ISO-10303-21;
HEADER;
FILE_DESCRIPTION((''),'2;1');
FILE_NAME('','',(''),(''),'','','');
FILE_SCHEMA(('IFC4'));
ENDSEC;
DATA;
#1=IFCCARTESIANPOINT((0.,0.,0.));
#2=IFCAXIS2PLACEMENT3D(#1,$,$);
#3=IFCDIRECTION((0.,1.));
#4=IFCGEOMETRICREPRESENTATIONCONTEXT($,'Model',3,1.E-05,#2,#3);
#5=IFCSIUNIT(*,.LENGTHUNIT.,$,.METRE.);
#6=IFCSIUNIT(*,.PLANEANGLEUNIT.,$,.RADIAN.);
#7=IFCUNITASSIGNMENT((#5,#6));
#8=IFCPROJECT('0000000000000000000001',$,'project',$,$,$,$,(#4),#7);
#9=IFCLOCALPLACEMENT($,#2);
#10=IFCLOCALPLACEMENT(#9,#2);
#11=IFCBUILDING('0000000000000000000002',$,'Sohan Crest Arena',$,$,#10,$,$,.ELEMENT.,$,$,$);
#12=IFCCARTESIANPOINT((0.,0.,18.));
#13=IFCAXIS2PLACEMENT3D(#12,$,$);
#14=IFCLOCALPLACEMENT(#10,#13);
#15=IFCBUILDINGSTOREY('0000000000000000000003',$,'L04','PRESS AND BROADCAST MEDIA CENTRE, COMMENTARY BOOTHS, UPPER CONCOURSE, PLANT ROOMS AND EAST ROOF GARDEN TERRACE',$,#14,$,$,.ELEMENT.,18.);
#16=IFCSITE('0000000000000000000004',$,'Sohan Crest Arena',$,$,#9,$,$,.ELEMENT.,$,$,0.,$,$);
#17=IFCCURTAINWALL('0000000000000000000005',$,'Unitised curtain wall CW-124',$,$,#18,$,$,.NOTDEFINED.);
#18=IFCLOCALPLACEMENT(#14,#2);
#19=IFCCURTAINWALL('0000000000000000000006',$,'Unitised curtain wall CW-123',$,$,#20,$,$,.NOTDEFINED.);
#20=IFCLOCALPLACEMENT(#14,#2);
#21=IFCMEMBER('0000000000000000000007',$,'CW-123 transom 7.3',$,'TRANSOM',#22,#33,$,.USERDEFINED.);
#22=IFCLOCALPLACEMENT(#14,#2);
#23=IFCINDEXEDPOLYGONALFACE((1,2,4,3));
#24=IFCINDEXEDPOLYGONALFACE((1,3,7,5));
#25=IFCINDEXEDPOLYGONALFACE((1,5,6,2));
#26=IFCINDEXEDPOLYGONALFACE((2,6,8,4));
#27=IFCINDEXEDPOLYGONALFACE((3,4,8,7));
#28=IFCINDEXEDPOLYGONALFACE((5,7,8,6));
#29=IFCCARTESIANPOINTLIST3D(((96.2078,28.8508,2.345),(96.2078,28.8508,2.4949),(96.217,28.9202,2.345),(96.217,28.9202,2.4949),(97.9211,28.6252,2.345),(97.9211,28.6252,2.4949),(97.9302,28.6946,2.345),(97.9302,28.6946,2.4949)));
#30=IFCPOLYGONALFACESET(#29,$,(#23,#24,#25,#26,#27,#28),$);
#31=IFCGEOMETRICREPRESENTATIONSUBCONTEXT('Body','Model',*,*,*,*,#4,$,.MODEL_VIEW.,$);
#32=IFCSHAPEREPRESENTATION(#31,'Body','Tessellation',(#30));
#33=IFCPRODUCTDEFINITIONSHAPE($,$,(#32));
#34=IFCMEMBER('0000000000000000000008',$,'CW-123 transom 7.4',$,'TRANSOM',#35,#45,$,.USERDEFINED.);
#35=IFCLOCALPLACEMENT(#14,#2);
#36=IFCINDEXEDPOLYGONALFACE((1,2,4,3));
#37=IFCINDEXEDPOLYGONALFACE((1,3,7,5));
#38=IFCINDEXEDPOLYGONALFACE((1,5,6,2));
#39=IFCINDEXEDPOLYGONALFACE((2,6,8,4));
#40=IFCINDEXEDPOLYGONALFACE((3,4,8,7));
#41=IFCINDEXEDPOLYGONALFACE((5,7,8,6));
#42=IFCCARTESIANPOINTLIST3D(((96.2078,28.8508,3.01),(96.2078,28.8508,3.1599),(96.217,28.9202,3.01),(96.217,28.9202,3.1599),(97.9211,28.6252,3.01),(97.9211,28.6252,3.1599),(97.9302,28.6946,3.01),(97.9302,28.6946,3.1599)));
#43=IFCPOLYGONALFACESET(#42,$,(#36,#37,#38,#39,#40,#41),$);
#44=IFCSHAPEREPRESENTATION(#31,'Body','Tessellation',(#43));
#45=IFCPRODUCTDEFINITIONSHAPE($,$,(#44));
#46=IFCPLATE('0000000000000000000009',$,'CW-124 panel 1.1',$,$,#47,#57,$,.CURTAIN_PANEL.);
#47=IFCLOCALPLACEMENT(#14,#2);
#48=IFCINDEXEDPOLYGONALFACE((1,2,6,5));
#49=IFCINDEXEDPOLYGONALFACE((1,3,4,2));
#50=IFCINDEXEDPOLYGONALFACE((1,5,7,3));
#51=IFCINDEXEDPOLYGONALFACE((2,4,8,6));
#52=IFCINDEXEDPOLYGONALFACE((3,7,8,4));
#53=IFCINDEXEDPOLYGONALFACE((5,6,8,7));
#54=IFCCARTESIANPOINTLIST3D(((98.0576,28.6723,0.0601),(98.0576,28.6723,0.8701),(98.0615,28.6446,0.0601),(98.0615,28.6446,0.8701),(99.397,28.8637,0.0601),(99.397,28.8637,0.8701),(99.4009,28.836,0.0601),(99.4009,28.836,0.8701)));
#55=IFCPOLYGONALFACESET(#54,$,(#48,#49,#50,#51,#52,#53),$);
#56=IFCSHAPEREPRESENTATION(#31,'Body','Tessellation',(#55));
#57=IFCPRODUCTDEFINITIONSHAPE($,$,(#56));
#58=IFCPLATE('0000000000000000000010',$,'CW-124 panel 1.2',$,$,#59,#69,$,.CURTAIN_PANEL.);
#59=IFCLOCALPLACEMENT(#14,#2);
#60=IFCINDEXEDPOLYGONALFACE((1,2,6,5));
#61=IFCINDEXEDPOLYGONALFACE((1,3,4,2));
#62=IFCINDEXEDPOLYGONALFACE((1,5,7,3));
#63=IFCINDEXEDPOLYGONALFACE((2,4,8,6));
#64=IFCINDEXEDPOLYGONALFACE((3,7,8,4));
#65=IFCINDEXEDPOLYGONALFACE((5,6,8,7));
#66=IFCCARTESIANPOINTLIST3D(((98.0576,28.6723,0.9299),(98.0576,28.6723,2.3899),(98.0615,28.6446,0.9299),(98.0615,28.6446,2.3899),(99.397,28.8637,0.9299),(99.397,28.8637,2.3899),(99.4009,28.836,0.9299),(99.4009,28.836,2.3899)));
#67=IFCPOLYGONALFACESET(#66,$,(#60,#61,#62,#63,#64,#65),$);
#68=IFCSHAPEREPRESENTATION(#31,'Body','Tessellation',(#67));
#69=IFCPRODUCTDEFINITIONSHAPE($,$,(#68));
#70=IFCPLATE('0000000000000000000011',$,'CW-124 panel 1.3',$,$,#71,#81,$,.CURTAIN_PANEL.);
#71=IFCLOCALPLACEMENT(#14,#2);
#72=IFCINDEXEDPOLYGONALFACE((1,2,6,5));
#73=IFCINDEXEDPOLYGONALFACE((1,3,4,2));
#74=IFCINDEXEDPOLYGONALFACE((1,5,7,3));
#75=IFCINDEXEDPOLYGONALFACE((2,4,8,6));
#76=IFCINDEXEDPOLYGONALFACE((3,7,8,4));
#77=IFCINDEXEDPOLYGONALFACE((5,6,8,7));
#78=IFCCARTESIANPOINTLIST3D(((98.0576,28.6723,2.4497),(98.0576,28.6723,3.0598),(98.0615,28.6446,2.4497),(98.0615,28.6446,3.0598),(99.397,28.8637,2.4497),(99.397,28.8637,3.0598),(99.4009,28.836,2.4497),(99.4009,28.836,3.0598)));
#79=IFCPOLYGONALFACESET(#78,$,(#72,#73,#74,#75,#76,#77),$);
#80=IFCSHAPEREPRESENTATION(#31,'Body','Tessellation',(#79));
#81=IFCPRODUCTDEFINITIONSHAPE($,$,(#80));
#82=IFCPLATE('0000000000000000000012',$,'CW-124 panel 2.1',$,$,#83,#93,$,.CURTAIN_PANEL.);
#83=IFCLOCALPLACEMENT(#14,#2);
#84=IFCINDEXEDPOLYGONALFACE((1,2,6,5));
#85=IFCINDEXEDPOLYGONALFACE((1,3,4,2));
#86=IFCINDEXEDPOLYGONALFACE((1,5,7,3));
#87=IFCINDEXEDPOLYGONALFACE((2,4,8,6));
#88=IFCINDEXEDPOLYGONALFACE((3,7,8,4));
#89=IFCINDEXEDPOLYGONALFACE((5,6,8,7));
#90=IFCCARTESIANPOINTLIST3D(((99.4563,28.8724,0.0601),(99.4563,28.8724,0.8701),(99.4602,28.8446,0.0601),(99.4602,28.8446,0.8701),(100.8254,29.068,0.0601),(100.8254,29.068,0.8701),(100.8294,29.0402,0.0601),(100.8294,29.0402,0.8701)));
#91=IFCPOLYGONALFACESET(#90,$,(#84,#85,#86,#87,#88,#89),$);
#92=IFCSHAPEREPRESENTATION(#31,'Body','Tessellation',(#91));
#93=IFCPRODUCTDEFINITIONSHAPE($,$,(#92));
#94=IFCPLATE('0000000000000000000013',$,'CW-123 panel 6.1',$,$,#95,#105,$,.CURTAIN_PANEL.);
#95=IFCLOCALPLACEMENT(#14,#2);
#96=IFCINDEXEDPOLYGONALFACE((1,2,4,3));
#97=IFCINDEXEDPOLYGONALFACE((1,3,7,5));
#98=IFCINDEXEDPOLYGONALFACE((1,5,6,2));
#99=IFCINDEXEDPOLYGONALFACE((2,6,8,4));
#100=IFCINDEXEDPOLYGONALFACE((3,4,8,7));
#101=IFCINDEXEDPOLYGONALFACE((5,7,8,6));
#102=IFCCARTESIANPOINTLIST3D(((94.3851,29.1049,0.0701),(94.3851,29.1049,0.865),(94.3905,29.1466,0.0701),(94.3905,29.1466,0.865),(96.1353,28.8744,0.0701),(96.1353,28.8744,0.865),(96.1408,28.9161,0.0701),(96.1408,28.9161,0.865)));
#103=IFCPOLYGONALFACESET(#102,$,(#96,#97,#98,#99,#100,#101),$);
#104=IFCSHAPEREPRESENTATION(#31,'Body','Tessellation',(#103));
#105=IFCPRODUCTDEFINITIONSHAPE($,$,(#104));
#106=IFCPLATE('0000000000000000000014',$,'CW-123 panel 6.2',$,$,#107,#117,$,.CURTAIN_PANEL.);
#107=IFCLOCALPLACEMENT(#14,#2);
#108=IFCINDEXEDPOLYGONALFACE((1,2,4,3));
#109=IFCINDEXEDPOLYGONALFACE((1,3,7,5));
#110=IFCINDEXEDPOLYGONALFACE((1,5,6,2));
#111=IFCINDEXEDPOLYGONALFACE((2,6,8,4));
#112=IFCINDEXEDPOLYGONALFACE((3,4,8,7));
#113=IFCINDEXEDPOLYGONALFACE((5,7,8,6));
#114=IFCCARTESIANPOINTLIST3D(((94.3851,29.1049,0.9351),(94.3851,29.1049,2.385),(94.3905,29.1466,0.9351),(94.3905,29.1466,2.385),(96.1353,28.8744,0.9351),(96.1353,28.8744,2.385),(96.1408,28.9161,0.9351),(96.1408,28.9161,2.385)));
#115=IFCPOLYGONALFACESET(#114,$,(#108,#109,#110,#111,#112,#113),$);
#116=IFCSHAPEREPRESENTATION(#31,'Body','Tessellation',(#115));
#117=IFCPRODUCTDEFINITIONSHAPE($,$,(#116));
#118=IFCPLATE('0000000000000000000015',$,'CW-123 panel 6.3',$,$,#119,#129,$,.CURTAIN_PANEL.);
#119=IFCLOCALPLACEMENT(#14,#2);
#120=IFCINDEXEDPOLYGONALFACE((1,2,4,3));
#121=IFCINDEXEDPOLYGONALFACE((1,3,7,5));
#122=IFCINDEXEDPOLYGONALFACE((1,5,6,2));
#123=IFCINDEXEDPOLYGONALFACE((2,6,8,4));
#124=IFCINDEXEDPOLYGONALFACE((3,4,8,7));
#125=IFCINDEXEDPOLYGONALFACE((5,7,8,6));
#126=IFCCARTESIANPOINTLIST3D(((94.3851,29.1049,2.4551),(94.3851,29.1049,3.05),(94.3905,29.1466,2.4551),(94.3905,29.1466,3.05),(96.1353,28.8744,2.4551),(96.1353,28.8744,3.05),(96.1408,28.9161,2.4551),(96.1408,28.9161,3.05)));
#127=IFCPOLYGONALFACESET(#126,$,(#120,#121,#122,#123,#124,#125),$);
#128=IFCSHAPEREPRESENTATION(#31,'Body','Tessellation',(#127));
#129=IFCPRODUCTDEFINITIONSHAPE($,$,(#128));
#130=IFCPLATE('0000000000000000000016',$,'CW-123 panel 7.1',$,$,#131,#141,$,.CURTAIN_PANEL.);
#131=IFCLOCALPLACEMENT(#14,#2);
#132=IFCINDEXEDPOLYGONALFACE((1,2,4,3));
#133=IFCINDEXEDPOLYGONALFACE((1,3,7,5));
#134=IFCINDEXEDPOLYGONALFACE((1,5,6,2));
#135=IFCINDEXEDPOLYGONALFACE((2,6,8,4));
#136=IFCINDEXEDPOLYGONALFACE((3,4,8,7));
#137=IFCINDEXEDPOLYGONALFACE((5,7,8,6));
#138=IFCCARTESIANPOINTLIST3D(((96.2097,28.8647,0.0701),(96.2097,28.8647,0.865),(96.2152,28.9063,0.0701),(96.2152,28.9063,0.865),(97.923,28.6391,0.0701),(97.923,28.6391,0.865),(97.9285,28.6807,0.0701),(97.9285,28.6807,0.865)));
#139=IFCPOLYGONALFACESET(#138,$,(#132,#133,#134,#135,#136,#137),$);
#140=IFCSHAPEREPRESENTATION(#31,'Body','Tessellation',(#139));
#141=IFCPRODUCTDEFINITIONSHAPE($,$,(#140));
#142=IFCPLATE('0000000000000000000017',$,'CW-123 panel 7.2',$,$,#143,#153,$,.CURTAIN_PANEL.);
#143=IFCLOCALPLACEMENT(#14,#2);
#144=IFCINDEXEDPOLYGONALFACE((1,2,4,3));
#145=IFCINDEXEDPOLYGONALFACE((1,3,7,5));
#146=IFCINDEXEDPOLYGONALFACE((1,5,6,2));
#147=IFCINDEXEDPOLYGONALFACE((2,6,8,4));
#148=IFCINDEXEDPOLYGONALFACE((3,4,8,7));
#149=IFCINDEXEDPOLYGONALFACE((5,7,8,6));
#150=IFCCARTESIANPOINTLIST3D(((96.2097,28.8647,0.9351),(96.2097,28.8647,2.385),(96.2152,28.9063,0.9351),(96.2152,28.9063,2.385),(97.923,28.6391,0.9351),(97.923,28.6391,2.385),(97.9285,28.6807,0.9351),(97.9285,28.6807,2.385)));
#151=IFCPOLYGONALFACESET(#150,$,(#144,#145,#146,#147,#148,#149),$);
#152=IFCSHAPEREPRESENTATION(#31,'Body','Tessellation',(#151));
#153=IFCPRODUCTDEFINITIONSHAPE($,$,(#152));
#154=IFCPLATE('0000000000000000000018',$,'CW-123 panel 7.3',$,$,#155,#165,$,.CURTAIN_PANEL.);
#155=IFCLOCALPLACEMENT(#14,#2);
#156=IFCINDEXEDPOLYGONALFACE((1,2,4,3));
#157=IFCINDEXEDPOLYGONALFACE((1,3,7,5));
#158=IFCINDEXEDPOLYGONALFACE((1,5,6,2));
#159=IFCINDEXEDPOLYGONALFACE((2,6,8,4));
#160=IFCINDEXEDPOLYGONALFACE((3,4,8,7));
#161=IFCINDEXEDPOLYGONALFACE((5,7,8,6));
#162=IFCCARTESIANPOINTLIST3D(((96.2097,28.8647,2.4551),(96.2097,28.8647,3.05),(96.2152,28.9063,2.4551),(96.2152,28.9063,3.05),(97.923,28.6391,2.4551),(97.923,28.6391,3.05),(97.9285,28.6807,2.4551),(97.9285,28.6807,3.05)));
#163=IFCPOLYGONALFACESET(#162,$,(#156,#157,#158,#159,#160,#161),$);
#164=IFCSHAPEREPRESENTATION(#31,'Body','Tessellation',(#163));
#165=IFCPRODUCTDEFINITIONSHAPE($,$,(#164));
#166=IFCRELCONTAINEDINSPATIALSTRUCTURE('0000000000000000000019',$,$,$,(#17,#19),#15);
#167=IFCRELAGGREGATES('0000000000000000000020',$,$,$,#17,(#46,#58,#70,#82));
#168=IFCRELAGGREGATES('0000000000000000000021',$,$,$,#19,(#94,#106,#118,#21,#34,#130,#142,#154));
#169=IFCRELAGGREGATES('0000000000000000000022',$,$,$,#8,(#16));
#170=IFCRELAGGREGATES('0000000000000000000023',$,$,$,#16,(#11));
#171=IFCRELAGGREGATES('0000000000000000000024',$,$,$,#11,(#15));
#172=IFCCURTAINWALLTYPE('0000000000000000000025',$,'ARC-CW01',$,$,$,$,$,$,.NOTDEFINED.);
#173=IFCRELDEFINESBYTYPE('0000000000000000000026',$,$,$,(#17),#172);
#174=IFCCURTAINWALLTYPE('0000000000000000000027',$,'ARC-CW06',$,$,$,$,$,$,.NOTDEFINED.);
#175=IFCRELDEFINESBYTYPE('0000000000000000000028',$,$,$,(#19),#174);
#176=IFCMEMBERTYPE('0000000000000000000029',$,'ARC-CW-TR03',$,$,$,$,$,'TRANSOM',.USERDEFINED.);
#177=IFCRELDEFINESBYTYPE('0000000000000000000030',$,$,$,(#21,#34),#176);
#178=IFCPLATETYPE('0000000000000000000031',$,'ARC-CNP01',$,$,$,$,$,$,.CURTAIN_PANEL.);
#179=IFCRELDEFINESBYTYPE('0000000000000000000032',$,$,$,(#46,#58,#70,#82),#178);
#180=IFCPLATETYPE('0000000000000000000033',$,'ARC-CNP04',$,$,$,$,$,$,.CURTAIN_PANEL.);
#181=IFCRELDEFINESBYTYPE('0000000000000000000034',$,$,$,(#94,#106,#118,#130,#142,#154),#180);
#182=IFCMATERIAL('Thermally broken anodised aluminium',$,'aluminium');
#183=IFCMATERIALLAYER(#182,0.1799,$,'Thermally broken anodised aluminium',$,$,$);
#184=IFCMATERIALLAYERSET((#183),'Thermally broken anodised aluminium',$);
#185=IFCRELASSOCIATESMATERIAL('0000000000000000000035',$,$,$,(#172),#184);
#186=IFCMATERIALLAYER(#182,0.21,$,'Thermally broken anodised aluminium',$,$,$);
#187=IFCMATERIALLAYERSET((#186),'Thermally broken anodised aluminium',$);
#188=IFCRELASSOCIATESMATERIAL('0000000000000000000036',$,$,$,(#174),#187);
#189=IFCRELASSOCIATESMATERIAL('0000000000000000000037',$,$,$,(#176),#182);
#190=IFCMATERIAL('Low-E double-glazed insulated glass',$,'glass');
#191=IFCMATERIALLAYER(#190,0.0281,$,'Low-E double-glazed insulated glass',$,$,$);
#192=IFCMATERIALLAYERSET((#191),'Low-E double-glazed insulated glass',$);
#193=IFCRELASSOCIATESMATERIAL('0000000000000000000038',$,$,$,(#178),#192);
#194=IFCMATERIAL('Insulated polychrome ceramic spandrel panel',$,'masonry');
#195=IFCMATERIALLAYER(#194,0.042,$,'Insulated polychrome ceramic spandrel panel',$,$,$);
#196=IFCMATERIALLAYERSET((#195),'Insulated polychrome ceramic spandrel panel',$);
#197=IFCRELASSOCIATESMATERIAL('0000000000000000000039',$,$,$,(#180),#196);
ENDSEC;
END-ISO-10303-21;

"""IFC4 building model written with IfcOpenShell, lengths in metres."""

from ifc_helpers import new_model, si_unit, direction, frame, origin, origin_2d, place, context, subcontext, project, spatial, rectangle, extrude, material, layer, layer_set, material_profile, profile_set, type_object, element, aggregate, save


model = new_model("IFC4")

# Units and contexts
model_context = context("Model", 3, precision=1e-05, world=origin(), true_north=direction((0.0, 1.0)))
body_context = subcontext(model_context, "Body", "Model", "MODEL_VIEW")
ifc_project = project(units=[si_unit("LENGTHUNIT", "METRE"), si_unit("PLANEANGLEUNIT", "RADIAN")], contexts=[model_context])

# Site, building, storey
site_placement = place(None, origin())
site = spatial("IfcSite", under=ifc_project, at=site_placement, Name="Sohan Crest Arena", CompositionType="ELEMENT", RefElevation=0.0)
building_placement = place(site_placement, origin())
building = spatial("IfcBuilding", under=site, at=building_placement, Name="Sohan Crest Arena", CompositionType="ELEMENT")
storey_placement = place(building_placement, frame((0.0, 0.0, 18.0)))
storey = spatial("IfcBuildingStorey", under=building, at=storey_placement, Name="L04", Description="PRESS AND BROADCAST MEDIA CENTRE, COMMENTARY BOOTHS, UPPER CONCOURSE, PLANT ROOMS AND EAST ROOF GARDEN TERRACE", CompositionType="ELEMENT", Elevation=18.0)

# Curtain walls
ifc_material_1 = material(Name="Thermally broken anodised aluminium", Category="aluminium")
ifc_layer_1 = layer(ifc_material_1, 0.1799, Name="Thermally broken anodised aluminium")
ifc_layer_set_1 = layer_set([ifc_layer_1], Name="Thermally broken anodised aluminium")
curtain_wall_type_1 = type_object("IfcCurtainWallType", Name="ARC-CW01", PredefinedType="NOTDEFINED", material=ifc_layer_set_1)
curtain_wall_1_placement = place(storey_placement, origin())
curtain_wall_1 = element("IfcCurtainWall", 1, at=curtain_wall_1_placement, inside=storey, type_object=curtain_wall_type_1, Name="Unitised curtain wall CW-124", PredefinedType="NOTDEFINED")
ifc_layer_2 = layer(ifc_material_1, 0.21, Name="Thermally broken anodised aluminium")
ifc_layer_set_2 = layer_set([ifc_layer_2], Name="Thermally broken anodised aluminium")
curtain_wall_type_2 = type_object("IfcCurtainWallType", Name="ARC-CW06", PredefinedType="NOTDEFINED", material=ifc_layer_set_2)
curtain_wall_2_placement = place(storey_placement, origin())
curtain_wall_2 = element("IfcCurtainWall", 2, at=curtain_wall_2_placement, inside=storey, type_object=curtain_wall_type_2, Name="Unitised curtain wall CW-123", PredefinedType="NOTDEFINED")

# Members
ifc_material_profile_1 = material_profile(ifc_material_1, rectangle(XDim=0.0701, YDim=0.1499, at=origin_2d()), Name="ALU-TRAN 70x150")
ifc_profile_set_1 = profile_set([ifc_material_profile_1], Name="Thermally broken anodised aluminium")
member_type_1 = type_object("IfcMemberType", Name="ARC-CW-TR03", ElementType="TRANSOM", PredefinedType="USERDEFINED", material=ifc_profile_set_1)
member_1_placement = place(storey_placement, frame((96.2124, 28.8855, 2.4199), z_axis=(0.991441, -0.130553, 0.0), x_axis=(0.130553, 0.991441, 0.0)))
member_1 = element("IfcMember", 3, at=member_1_placement, type_object=member_type_1, Name="CW-123 transom 7.3", ObjectType="TRANSOM", PredefinedType="USERDEFINED", context=body_context, shape_type="SweptSolid", body=[
    extrude(rectangle(XDim=0.0701, YDim=0.1499, at=origin_2d()), origin(), (0.0, 0.0, 1.0), 1.728),
])
member_2_placement = place(storey_placement, frame((96.2124, 28.8855, 3.085), z_axis=(0.991441, -0.130553, 0.0), x_axis=(0.130553, 0.991441, 0.0)))
member_2 = element("IfcMember", 4, at=member_2_placement, type_object=member_type_1, Name="CW-123 transom 7.4", ObjectType="TRANSOM", PredefinedType="USERDEFINED", context=body_context, shape_type="SweptSolid", body=[
    extrude(rectangle(XDim=0.0701, YDim=0.1499, at=origin_2d()), origin(), (0.0, 0.0, 1.0), 1.728),
])

# Plates
ifc_material_2 = material(Name="Low-E double-glazed insulated glass", Category="glass")
ifc_layer_3 = layer(ifc_material_2, 0.0281, Name="Low-E double-glazed insulated glass")
ifc_layer_set_3 = layer_set([ifc_layer_3], Name="Low-E double-glazed insulated glass")
plate_type_1 = type_object("IfcPlateType", Name="ARC-CNP01", PredefinedType="CURTAIN_PANEL", material=ifc_layer_set_3)
plate_1_placement = place(storey_placement, frame((98.7292, 28.7542, 0.0601), z_axis=(0.0, 0.0, 1.0), x_axis=(0.989944, 0.141463, 0.0)))
plate_1 = element("IfcPlate", 5, at=plate_1_placement, type_object=plate_type_1, Name="CW-124 panel 1.1", PredefinedType="CURTAIN_PANEL", context=body_context, shape_type="SweptSolid", body=[
    extrude(rectangle(XDim=1.353, YDim=0.0281, at=origin_2d()), origin(), (0.0, 0.0, 1.0), 0.8101),
])
plate_2_placement = place(storey_placement, frame((98.7292, 28.7542, 0.9299), z_axis=(0.0, 0.0, 1.0), x_axis=(0.989944, 0.141463, 0.0)))
plate_2 = element("IfcPlate", 6, at=plate_2_placement, type_object=plate_type_1, Name="CW-124 panel 1.2", PredefinedType="CURTAIN_PANEL", context=body_context, shape_type="SweptSolid", body=[
    extrude(rectangle(XDim=1.353, YDim=0.0281, at=origin_2d()), origin(), (0.0, 0.0, 1.0), 1.46),
])
plate_3_placement = place(storey_placement, frame((98.7292, 28.7542, 2.4497), z_axis=(0.0, 0.0, 1.0), x_axis=(0.989944, 0.141463, 0.0)))
plate_3 = element("IfcPlate", 7, at=plate_3_placement, type_object=plate_type_1, Name="CW-124 panel 1.3", PredefinedType="CURTAIN_PANEL", context=body_context, shape_type="SweptSolid", body=[
    extrude(rectangle(XDim=1.353, YDim=0.0281, at=origin_2d()), origin(), (0.0, 0.0, 1.0), 0.6101),
])
plate_4_placement = place(storey_placement, frame((100.1428, 28.9563, 0.0601), z_axis=(0.0, 0.0, 1.0), x_axis=(0.989944, 0.141463, 0.0)))
plate_4 = element("IfcPlate", 8, at=plate_4_placement, type_object=plate_type_1, Name="CW-124 panel 2.1", PredefinedType="CURTAIN_PANEL", context=body_context, shape_type="SweptSolid", body=[
    extrude(rectangle(XDim=1.3831, YDim=0.0281, at=origin_2d()), origin(), (0.0, 0.0, 1.0), 0.8101),
])
aggregate(curtain_wall_1, [plate_1, plate_2, plate_3, plate_4])
ifc_material_3 = material(Name="Insulated polychrome ceramic spandrel panel", Category="masonry")
ifc_layer_4 = layer(ifc_material_3, 0.042, Name="Insulated polychrome ceramic spandrel panel")
ifc_layer_set_4 = layer_set([ifc_layer_4], Name="Insulated polychrome ceramic spandrel panel")
plate_type_2 = type_object("IfcPlateType", Name="ARC-CNP04", PredefinedType="CURTAIN_PANEL", material=ifc_layer_set_4)
plate_5_placement = place(storey_placement, frame((95.2629, 29.0105, 0.0701), z_axis=(0.0, 0.0, 1.0), x_axis=(0.991441, -0.130557, 0.0)))
plate_5 = element("IfcPlate", 9, at=plate_5_placement, type_object=plate_type_2, Name="CW-123 panel 6.1", PredefinedType="CURTAIN_PANEL", context=body_context, shape_type="SweptSolid", body=[
    extrude(rectangle(XDim=1.7654, YDim=0.042, at=origin_2d()), origin(), (0.0, 0.0, 1.0), 0.7949),
])
plate_6_placement = place(storey_placement, frame((95.2629, 29.0105, 0.9351), z_axis=(0.0, 0.0, 1.0), x_axis=(0.991441, -0.130557, 0.0)))
plate_6 = element("IfcPlate", 10, at=plate_6_placement, type_object=plate_type_2, Name="CW-123 panel 6.2", PredefinedType="CURTAIN_PANEL", context=body_context, shape_type="SweptSolid", body=[
    extrude(rectangle(XDim=1.7654, YDim=0.042, at=origin_2d()), origin(), (0.0, 0.0, 1.0), 1.45),
])
plate_7_placement = place(storey_placement, frame((95.2629, 29.0105, 2.4551), z_axis=(0.0, 0.0, 1.0), x_axis=(0.991441, -0.130557, 0.0)))
plate_7 = element("IfcPlate", 11, at=plate_7_placement, type_object=plate_type_2, Name="CW-123 panel 6.3", PredefinedType="CURTAIN_PANEL", context=body_context, shape_type="SweptSolid", body=[
    extrude(rectangle(XDim=1.7654, YDim=0.042, at=origin_2d()), origin(), (0.0, 0.0, 1.0), 0.595),
])
plate_8_placement = place(storey_placement, frame((97.0691, 28.7727, 0.0701), z_axis=(0.0, 0.0, 1.0), x_axis=(0.991441, -0.130557, 0.0)))
plate_8 = element("IfcPlate", 12, at=plate_8_placement, type_object=plate_type_2, Name="CW-123 panel 7.1", PredefinedType="CURTAIN_PANEL", context=body_context, shape_type="SweptSolid", body=[
    extrude(rectangle(XDim=1.728, YDim=0.042, at=origin_2d()), origin(), (0.0, 0.0, 1.0), 0.7949),
])
plate_9_placement = place(storey_placement, frame((97.0691, 28.7727, 0.9351), z_axis=(0.0, 0.0, 1.0), x_axis=(0.991441, -0.130557, 0.0)))
plate_9 = element("IfcPlate", 13, at=plate_9_placement, type_object=plate_type_2, Name="CW-123 panel 7.2", PredefinedType="CURTAIN_PANEL", context=body_context, shape_type="SweptSolid", body=[
    extrude(rectangle(XDim=1.728, YDim=0.042, at=origin_2d()), origin(), (0.0, 0.0, 1.0), 1.45),
])
plate_10_placement = place(storey_placement, frame((97.0691, 28.7727, 2.4551), z_axis=(0.0, 0.0, 1.0), x_axis=(0.991441, -0.130557, 0.0)))
plate_10 = element("IfcPlate", 14, at=plate_10_placement, type_object=plate_type_2, Name="CW-123 panel 7.3", PredefinedType="CURTAIN_PANEL", context=body_context, shape_type="SweptSolid", body=[
    extrude(rectangle(XDim=1.728, YDim=0.042, at=origin_2d()), origin(), (0.0, 0.0, 1.0), 0.595),
])
aggregate(curtain_wall_2, [plate_5, plate_6, plate_7, member_1, member_2, plate_8, plate_9, plate_10])

save(model, "model.ifc")
